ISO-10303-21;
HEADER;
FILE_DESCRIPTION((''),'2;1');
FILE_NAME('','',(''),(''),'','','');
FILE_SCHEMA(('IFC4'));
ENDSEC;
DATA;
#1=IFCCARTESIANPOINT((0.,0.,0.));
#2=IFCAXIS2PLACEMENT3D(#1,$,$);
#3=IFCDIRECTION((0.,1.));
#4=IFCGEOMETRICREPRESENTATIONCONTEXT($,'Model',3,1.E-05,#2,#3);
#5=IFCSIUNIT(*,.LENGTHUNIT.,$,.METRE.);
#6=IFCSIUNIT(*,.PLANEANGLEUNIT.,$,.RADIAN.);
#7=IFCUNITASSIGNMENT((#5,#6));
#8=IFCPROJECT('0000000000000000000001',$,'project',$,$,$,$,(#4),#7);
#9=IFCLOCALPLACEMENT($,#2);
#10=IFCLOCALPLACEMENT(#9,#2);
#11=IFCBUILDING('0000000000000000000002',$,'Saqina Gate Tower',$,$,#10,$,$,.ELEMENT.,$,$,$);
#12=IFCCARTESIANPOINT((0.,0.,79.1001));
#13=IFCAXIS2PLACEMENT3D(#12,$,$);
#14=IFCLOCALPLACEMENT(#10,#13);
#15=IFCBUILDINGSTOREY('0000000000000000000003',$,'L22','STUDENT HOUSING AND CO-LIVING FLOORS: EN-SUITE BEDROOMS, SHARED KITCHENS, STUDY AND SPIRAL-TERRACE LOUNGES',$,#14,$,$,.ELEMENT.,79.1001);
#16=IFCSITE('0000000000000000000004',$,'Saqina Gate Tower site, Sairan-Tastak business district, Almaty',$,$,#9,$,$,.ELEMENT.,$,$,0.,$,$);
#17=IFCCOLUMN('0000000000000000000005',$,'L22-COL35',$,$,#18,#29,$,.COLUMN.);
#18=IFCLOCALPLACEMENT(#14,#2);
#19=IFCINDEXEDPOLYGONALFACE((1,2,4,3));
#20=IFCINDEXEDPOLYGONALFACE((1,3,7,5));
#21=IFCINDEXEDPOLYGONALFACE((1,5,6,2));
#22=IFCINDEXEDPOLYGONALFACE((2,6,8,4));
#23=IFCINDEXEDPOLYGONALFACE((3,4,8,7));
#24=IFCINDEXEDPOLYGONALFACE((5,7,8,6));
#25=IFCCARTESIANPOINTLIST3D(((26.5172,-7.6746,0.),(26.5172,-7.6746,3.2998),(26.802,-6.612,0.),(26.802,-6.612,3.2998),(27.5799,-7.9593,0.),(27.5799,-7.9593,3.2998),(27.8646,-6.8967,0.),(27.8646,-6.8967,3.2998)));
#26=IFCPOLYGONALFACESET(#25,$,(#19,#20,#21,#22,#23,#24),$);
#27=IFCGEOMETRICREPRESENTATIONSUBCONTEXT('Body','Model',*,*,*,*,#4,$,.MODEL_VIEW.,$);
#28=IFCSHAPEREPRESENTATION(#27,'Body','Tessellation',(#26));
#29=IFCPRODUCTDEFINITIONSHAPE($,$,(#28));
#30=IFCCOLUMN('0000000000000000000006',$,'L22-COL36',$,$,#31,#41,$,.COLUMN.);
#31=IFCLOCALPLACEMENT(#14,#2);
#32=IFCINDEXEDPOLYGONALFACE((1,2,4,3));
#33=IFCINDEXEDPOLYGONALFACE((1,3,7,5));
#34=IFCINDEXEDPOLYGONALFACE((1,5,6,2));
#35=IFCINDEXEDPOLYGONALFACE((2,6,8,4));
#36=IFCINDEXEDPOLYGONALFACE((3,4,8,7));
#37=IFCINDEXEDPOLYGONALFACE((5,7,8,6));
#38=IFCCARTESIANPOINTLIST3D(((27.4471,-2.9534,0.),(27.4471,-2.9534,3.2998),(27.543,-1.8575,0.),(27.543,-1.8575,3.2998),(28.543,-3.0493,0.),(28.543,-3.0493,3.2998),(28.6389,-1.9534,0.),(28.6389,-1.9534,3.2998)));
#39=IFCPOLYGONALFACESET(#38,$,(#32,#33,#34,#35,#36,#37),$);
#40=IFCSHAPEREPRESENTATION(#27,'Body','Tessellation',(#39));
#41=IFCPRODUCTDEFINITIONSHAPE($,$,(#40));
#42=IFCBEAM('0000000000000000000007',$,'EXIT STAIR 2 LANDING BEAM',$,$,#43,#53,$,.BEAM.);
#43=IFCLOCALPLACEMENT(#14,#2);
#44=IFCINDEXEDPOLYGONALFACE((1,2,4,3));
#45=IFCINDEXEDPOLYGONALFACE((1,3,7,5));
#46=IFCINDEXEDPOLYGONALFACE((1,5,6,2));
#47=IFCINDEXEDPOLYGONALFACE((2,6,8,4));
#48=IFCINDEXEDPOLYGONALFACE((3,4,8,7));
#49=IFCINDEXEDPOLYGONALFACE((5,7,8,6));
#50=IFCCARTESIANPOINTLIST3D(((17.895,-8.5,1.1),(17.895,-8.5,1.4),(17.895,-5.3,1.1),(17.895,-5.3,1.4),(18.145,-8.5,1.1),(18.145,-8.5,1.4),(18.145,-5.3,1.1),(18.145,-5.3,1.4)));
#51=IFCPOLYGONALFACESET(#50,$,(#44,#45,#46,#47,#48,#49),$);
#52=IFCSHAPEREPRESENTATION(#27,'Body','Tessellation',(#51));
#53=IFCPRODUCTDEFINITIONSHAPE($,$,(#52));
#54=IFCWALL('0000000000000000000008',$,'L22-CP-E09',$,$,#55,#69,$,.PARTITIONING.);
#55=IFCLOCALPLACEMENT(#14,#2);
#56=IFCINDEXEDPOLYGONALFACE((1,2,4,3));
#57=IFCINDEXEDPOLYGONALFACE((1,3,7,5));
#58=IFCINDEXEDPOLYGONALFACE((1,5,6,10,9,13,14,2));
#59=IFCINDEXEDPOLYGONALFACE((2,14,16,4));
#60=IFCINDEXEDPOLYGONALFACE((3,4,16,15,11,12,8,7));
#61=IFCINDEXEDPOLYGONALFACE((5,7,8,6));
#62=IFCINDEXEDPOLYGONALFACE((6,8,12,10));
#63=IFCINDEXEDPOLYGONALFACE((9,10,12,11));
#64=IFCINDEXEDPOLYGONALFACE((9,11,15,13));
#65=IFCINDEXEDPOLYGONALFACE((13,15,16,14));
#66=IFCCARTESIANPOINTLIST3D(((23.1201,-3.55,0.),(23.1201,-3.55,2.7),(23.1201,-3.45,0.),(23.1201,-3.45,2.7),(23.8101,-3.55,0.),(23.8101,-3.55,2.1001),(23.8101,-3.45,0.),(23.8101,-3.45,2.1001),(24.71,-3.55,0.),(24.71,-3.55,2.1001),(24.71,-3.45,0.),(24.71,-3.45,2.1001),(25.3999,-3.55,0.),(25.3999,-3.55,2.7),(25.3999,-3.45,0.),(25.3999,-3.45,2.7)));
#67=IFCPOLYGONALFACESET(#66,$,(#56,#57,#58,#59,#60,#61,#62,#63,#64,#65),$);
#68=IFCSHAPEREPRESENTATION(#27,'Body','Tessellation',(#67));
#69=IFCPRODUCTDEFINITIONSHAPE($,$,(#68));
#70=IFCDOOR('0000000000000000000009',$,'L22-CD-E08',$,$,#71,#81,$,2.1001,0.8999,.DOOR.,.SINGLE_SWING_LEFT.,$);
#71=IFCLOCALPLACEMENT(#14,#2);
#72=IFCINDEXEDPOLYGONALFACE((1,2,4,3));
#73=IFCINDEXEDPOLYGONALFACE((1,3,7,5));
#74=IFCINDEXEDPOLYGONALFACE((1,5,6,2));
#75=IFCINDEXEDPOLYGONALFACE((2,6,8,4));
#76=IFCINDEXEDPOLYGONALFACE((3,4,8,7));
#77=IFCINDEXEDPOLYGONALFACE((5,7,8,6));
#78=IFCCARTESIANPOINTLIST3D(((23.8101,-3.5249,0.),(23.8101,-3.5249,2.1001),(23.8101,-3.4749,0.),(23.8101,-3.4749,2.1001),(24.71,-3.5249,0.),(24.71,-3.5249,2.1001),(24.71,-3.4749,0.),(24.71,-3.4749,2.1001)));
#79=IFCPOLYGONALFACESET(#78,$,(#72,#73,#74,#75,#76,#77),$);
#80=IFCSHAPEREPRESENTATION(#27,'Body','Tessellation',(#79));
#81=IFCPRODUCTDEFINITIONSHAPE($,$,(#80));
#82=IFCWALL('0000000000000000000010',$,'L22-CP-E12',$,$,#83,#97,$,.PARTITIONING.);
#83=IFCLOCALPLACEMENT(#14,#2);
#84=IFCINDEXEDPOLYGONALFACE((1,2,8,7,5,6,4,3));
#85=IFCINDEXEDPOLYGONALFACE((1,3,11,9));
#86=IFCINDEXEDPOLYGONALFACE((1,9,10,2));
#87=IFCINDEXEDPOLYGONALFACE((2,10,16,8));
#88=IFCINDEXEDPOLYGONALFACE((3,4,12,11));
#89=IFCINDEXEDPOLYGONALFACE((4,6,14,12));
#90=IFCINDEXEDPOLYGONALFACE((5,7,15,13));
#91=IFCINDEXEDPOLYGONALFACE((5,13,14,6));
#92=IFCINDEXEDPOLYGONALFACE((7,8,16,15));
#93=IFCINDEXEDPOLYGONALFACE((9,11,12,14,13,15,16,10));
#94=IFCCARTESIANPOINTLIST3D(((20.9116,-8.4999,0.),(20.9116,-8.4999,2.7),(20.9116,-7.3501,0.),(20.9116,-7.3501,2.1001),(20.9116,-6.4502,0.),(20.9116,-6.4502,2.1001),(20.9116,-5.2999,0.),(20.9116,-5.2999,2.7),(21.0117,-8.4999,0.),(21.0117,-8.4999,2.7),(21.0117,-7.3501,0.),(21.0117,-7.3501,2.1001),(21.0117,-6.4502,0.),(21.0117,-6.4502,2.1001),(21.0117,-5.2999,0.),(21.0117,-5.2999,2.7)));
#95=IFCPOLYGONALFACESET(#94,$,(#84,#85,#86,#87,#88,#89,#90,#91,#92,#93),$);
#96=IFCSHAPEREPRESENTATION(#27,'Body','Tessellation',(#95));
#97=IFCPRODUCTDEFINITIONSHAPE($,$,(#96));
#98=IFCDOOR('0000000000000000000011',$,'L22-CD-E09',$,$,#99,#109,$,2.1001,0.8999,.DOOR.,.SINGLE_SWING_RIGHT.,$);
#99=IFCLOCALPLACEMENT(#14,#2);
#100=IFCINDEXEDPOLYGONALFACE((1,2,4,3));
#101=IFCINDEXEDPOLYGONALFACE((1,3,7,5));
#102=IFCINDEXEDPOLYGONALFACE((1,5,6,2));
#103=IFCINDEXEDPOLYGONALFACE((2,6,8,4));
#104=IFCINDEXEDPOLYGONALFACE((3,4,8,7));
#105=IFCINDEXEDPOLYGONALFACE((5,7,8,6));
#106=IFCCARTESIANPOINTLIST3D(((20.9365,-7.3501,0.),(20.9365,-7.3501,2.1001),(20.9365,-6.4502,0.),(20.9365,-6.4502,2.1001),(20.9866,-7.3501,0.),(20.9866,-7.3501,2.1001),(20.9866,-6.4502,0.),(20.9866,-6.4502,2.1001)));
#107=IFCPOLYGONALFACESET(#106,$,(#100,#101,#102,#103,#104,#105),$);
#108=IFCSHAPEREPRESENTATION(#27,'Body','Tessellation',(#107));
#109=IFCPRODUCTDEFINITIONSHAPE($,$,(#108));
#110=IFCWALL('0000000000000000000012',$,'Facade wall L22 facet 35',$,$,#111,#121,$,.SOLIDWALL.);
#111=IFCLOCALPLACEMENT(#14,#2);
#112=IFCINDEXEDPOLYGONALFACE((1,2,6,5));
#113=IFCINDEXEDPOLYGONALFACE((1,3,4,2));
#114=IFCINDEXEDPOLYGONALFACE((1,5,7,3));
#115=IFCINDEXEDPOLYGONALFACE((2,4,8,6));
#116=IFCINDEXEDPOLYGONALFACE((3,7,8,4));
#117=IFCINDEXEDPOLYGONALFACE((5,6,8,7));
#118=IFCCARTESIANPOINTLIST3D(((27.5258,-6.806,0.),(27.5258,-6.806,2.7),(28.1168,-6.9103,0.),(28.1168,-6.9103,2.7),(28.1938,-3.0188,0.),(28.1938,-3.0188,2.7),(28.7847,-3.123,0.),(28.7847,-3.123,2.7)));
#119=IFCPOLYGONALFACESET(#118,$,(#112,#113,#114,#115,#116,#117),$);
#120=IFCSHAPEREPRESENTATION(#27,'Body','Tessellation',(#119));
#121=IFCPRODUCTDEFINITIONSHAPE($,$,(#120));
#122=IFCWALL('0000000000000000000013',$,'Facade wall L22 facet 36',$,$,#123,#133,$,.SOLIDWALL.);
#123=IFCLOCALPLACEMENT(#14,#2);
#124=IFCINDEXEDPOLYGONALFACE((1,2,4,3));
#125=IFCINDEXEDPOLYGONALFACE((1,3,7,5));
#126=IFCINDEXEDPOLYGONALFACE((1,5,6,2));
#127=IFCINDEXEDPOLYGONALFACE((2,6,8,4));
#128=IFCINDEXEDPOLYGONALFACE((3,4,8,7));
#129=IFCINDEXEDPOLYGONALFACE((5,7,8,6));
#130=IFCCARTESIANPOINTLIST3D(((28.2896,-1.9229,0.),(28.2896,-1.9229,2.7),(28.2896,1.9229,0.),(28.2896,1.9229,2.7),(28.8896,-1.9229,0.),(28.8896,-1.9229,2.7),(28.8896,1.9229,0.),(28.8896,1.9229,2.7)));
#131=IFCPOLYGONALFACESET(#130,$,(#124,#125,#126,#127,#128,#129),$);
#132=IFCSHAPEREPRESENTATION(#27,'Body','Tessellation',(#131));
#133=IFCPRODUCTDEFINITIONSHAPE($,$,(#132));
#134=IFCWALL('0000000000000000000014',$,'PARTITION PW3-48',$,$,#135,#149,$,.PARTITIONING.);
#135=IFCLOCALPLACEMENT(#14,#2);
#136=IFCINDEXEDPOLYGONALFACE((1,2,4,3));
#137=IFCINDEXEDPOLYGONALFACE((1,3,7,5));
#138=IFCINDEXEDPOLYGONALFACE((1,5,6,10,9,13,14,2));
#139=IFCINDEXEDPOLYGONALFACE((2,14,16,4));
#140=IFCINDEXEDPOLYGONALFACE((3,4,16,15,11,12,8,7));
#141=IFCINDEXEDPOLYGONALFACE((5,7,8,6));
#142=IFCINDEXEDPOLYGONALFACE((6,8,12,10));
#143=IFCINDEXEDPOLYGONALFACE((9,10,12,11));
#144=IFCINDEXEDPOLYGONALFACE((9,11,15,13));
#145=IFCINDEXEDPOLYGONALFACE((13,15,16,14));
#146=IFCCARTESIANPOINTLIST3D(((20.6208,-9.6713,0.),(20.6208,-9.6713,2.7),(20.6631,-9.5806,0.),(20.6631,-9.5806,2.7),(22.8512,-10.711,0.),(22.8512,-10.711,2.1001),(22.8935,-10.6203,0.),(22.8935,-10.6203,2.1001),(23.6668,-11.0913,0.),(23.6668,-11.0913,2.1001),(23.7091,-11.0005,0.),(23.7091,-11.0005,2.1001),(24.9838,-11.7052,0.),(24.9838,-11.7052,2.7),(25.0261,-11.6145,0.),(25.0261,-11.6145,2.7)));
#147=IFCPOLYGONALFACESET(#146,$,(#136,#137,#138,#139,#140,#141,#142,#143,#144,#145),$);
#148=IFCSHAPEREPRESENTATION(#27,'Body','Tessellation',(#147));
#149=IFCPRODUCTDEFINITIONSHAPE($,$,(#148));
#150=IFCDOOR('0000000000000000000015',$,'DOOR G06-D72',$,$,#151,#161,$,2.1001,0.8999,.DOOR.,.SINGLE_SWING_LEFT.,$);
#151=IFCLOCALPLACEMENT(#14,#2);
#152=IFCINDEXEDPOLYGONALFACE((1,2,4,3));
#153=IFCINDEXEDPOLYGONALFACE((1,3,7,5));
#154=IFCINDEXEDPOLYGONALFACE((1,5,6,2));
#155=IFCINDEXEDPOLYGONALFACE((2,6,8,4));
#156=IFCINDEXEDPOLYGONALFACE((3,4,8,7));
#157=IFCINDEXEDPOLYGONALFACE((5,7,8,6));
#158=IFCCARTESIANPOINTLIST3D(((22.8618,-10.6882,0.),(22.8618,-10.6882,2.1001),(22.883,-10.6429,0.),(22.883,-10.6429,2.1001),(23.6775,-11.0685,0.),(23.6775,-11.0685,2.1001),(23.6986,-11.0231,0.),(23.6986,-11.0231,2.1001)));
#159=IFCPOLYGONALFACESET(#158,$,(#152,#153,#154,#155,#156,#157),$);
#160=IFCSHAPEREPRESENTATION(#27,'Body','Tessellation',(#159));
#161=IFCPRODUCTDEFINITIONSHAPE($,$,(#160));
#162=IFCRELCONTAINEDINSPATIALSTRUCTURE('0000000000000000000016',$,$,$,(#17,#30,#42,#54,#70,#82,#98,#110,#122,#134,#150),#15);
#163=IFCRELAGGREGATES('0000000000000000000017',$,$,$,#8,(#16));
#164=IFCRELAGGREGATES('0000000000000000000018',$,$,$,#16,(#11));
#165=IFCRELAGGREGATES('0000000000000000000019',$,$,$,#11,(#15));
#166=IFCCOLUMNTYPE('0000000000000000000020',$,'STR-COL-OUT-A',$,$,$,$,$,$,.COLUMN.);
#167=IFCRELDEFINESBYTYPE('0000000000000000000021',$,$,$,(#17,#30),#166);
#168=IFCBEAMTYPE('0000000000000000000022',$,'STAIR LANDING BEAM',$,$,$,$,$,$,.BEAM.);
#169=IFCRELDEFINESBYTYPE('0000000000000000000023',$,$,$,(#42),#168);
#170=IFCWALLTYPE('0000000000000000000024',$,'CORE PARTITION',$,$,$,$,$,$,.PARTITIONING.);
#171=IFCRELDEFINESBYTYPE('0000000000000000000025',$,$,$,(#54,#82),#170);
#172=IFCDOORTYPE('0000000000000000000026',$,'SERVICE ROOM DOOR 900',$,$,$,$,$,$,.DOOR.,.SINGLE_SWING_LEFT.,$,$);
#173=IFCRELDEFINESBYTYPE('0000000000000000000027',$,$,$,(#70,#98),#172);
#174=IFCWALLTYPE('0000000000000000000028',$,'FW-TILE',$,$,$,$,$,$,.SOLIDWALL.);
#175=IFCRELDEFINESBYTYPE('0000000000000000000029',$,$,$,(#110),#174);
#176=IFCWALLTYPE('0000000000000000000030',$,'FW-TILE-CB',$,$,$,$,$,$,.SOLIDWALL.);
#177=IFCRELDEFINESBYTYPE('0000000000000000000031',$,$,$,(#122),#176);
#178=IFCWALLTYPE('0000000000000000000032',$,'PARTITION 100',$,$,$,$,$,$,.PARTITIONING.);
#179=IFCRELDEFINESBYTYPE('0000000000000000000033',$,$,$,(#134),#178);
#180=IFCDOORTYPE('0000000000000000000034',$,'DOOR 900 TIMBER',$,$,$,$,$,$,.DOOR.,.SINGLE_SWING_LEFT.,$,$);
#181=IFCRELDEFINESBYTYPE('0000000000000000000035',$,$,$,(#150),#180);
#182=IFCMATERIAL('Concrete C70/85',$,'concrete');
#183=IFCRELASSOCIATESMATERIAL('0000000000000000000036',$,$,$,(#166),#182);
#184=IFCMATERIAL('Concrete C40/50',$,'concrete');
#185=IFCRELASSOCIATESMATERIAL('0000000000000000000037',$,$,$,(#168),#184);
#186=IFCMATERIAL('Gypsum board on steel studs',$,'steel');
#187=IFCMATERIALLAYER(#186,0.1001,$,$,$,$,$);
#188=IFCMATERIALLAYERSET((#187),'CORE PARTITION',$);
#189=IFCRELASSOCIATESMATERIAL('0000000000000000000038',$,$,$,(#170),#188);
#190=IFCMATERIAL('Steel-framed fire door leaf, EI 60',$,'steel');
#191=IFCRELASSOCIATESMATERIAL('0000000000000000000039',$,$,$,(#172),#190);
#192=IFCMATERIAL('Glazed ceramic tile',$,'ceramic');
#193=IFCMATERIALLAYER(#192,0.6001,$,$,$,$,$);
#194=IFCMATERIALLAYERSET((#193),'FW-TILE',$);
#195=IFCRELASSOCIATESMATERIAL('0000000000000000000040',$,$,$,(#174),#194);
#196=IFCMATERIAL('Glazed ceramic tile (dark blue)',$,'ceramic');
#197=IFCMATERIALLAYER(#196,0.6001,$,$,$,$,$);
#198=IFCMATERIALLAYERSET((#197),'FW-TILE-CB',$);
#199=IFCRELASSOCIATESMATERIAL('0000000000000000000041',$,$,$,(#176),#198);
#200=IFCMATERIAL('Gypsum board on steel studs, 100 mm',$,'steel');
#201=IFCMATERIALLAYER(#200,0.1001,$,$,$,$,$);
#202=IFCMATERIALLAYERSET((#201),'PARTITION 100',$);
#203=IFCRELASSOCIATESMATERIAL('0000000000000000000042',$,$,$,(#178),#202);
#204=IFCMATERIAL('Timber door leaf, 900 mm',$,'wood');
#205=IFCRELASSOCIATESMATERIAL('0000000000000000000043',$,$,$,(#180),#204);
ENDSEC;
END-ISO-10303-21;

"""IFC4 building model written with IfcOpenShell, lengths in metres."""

from ifc_helpers import new_model, si_unit, direction, frame, frame_2d, origin, origin_2d, place, context, subcontext, project, spatial, rectangle, extrude, material, layer, layer_set, material_profile, profile_set, type_object, element, fill, save


model = new_model("IFC4")

# Units and contexts
model_context = context("Model", 3, precision=1e-05, world=origin(), true_north=direction((0.0, 1.0)))
body_context = subcontext(model_context, "Body", "Model", "MODEL_VIEW")
ifc_project = project(units=[si_unit("LENGTHUNIT", "METRE"), si_unit("PLANEANGLEUNIT", "RADIAN")], contexts=[model_context])

# Site, building, storey
site_placement = place(None, origin())
site = spatial("IfcSite", under=ifc_project, at=site_placement, Name="Saqina Gate Tower site, Sairan-Tastak business district, Almaty", CompositionType="ELEMENT", RefElevation=0.0)
building_placement = place(site_placement, origin())
building = spatial("IfcBuilding", under=site, at=building_placement, Name="Saqina Gate Tower", CompositionType="ELEMENT")
storey_placement = place(building_placement, frame((0.0, 0.0, 79.1001)))
storey = spatial("IfcBuildingStorey", under=building, at=storey_placement, Name="L22", Description="STUDENT HOUSING AND CO-LIVING FLOORS: EN-SUITE BEDROOMS, SHARED KITCHENS, STUDY AND SPIRAL-TERRACE LOUNGES", CompositionType="ELEMENT", Elevation=79.1001)

# Columns
ifc_material_1 = material(Name="Concrete C70/85", Category="concrete")
ifc_material_profile_1 = material_profile(ifc_material_1, rectangle(XDim=1.1001, YDim=1.1001, at=origin_2d()), Name="RC 1100x1100")
ifc_profile_set_1 = profile_set([ifc_material_profile_1], Name="Concrete C70/85")
column_type = type_object("IfcColumnType", Name="STR-COL-OUT-A", PredefinedType="COLUMN", material=ifc_profile_set_1)
for number, where, z_axis, x_axis, name in (
    (1, (27.1909, -7.2856, 0.0), (0.0, 0.0, 1.0), (0.965926, -0.258819, 0.0), "L22-COL35"),
    (2, (28.043, -2.4534, 0.0), (0.0, 0.0, 1.0), (0.996195, -0.087156, 0.0), "L22-COL36"),
):
    element("IfcColumn", number, at=place(storey_placement, frame(where, z_axis=z_axis, x_axis=x_axis)), inside=storey, type_object=column_type, Name=name, PredefinedType="COLUMN", context=body_context, shape_type="SweptSolid", body=[
        extrude(rectangle(XDim=1.1001, YDim=1.1001, at=origin_2d()), origin(), (0.0, 0.0, 1.0), 3.2998),
    ])

# Beam
ifc_material_2 = material(Name="Concrete C40/50", Category="concrete")
ifc_material_profile_2 = material_profile(ifc_material_2, rectangle(XDim=0.25, YDim=0.3, at=origin_2d()), Name="STAIR LANDING BEAM")
ifc_profile_set_2 = profile_set([ifc_material_profile_2], Name="Concrete C40/50")
beam_type = type_object("IfcBeamType", Name="STAIR LANDING BEAM", PredefinedType="BEAM", material=ifc_profile_set_2)
beam_placement = place(storey_placement, frame((18.02, -8.5, 1.25), z_axis=(0.0, 1.0, 0.0), x_axis=(-1.0, 0.0, 0.0)))
element("IfcBeam", 3, at=beam_placement, inside=storey, type_object=beam_type, Name="EXIT STAIR 2 LANDING BEAM", PredefinedType="BEAM", context=body_context, shape_type="SweptSolid", body=[
    extrude(rectangle(XDim=0.25, YDim=0.3, at=origin_2d()), origin(), (0.0, 0.0, 1.0), 3.2),
])

# Walls, openings, doors
ifc_material_3 = material(Name="Gypsum board on steel studs", Category="steel")
ifc_layer_1 = layer(ifc_material_3, 0.1001)
ifc_layer_set_1 = layer_set([ifc_layer_1], Name="CORE PARTITION")
wall_type_1 = type_object("IfcWallType", Name="CORE PARTITION", PredefinedType="PARTITIONING", material=ifc_layer_set_1)
wall_1_placement = place(storey_placement, frame((23.1201, -3.5, 0.0), z_axis=(0.0, 0.0, 1.0), x_axis=(1.0, 0.0, 0.0)))
wall_1 = element("IfcWall", 4, at=wall_1_placement, inside=storey, type_object=wall_type_1, Name="L22-CP-E09", PredefinedType="PARTITIONING", context=body_context, shape_type="SweptSolid", body=[
    extrude(rectangle(XDim=2.2798, YDim=0.1001, at=frame_2d((1.1399, 0.0))), origin(), (0.0, 0.0, 1.0), 2.7),
])
opening_1_placement = place(wall_1_placement, frame((0.6899, 0.0, 0.0)))
opening_1 = element("IfcOpeningElement", 5, at=opening_1_placement, cuts=wall_1, PredefinedType="OPENING", context=body_context, shape_type="SweptSolid", body=[
    extrude(rectangle(XDim=0.8999, YDim=2.1001, at=frame_2d((0.45, 1.05))), frame((0.0, 0.062, 0.0), z_axis=(0.0, -1.0, 0.0), x_axis=(1.0, 0.0, 0.0)), (0.0, 0.0, 1.0), 0.124),
])
ifc_material_4 = material(Name="Steel-framed fire door leaf, EI 60", Category="steel")
door_type_1 = type_object("IfcDoorType", Name="SERVICE ROOM DOOR 900", OperationType="SINGLE_SWING_LEFT", PredefinedType="DOOR", material=ifc_material_4)
door_1_placement = place(opening_1_placement, frame((0.8999, 0.0, 0.0), z_axis=(0.0, 0.0, 1.0), x_axis=(-1.0, 0.0, 0.0)))
door_1 = element("IfcDoor", 6, at=door_1_placement, inside=storey, type_object=door_type_1, Name="L22-CD-E08", OperationType="SINGLE_SWING_LEFT", OverallHeight=2.1001, OverallWidth=0.8999, PredefinedType="DOOR", context=body_context, shape_type="SweptSolid", body=[
    extrude(rectangle(XDim=0.8999, YDim=2.1001, at=frame_2d((0.45, 1.05))), frame((0.0, 0.0249, 0.0), z_axis=(0.0, -1.0, 0.0), x_axis=(1.0, 0.0, 0.0)), (0.0, 0.0, 1.0), 0.05),
])
fill(opening_1, door_1)
wall_2_placement = place(storey_placement, frame((20.9617, -8.5, 0.0), z_axis=(0.0, 0.0, 1.0), x_axis=(0.0, 1.0, 0.0)))
wall_2 = element("IfcWall", 7, at=wall_2_placement, inside=storey, type_object=wall_type_1, Name="L22-CP-E12", PredefinedType="PARTITIONING", context=body_context, shape_type="SweptSolid", body=[
    extrude(rectangle(XDim=3.2, YDim=0.1001, at=frame_2d((1.6001, 0.0))), origin(), (0.0, 0.0, 1.0), 2.7),
])
opening_2_placement = place(wall_2_placement, frame((1.1499, 0.0, 0.0)))
opening_2 = element("IfcOpeningElement", 8, at=opening_2_placement, cuts=wall_2, PredefinedType="OPENING", context=body_context, shape_type="SweptSolid", body=[
    extrude(rectangle(XDim=0.8999, YDim=2.1001, at=frame_2d((0.45, 1.05))), frame((0.0, 0.062, 0.0), z_axis=(0.0, -1.0, 0.0), x_axis=(1.0, 0.0, 0.0)), (0.0, 0.0, 1.0), 0.124),
])
door_2_placement = place(opening_2_placement, frame((0.8999, 0.0, 0.0), z_axis=(0.0, 0.0, 1.0), x_axis=(-1.0, 0.0, 0.0)))
door_2 = element("IfcDoor", 9, at=door_2_placement, inside=storey, type_object=door_type_1, Name="L22-CD-E09", OperationType="SINGLE_SWING_RIGHT", OverallHeight=2.1001, OverallWidth=0.8999, PredefinedType="DOOR", context=body_context, shape_type="SweptSolid", body=[
    extrude(rectangle(XDim=0.8999, YDim=2.1001, at=frame_2d((0.45, 1.05))), frame((0.0, 0.0249, 0.0), z_axis=(0.0, -1.0, 0.0), x_axis=(1.0, 0.0, 0.0)), (0.0, 0.0, 1.0), 0.05),
])
fill(opening_2, door_2)

# Walls
ifc_material_5 = material(Name="Glazed ceramic tile", Category="ceramic")
ifc_layer_2 = layer(ifc_material_5, 0.6001)
ifc_layer_set_2 = layer_set([ifc_layer_2], Name="FW-TILE")
wall_type_2 = type_object("IfcWallType", Name="FW-TILE", PredefinedType="SOLIDWALL", material=ifc_layer_set_2)
wall_3_placement = place(storey_placement, frame((27.8213, -6.8582, 0.0), z_axis=(0.0, 0.0, 1.0), x_axis=(0.173688, 0.984801, 0.0)))
element("IfcWall", 10, at=wall_3_placement, inside=storey, type_object=wall_type_2, Name="Facade wall L22 facet 35", PredefinedType="SOLIDWALL", context=body_context, shape_type="SweptSolid", body=[
    extrude(rectangle(XDim=3.8457, YDim=0.6001, at=frame_2d((1.9229, 0.0))), origin(), (0.0, 0.0, 1.0), 2.7),
])
ifc_material_6 = material(Name="Glazed ceramic tile (dark blue)", Category="ceramic")
ifc_layer_3 = layer(ifc_material_6, 0.6001)
ifc_layer_set_3 = layer_set([ifc_layer_3], Name="FW-TILE-CB")
wall_type_3 = type_object("IfcWallType", Name="FW-TILE-CB", PredefinedType="SOLIDWALL", material=ifc_layer_set_3)
wall_4_placement = place(storey_placement, frame((28.5896, -1.9229, 0.0), z_axis=(0.0, 0.0, 1.0), x_axis=(0.0, 1.0, 0.0)))
element("IfcWall", 11, at=wall_4_placement, inside=storey, type_object=wall_type_3, Name="Facade wall L22 facet 36", PredefinedType="SOLIDWALL", context=body_context, shape_type="SweptSolid", body=[
    extrude(rectangle(XDim=3.8457, YDim=0.6001, at=frame_2d((1.9229, 0.0))), origin(), (0.0, 0.0, 1.0), 2.7),
])

# Wall, opening, door
ifc_material_7 = material(Name="Gypsum board on steel studs, 100 mm", Category="steel")
ifc_layer_4 = layer(ifc_material_7, 0.1001)
ifc_layer_set_4 = layer_set([ifc_layer_4], Name="PARTITION 100")
wall_type_4 = type_object("IfcWallType", Name="PARTITION 100", PredefinedType="PARTITIONING", material=ifc_layer_set_4)
wall_5_placement = place(storey_placement, frame((20.6421, -9.626, 0.0), z_axis=(0.0, 0.0, 1.0), x_axis=(0.906354, -0.422519, 0.0)))
wall_5 = element("IfcWall", 12, at=wall_5_placement, inside=storey, type_object=wall_type_4, Name="PARTITION PW3-48", PredefinedType="PARTITIONING", context=body_context, shape_type="SweptSolid", body=[
    extrude(rectangle(XDim=4.8137, YDim=0.1001, at=frame_2d((2.4067, 0.0))), origin(), (0.0, 0.0, 1.0), 2.7),
])
opening_3_placement = place(wall_5_placement, frame((2.4607, 0.0, 0.0)))
opening_3 = element("IfcOpeningElement", 13, at=opening_3_placement, cuts=wall_5, PredefinedType="OPENING", context=body_context, shape_type="SweptSolid", body=[
    extrude(rectangle(XDim=0.8999, YDim=2.1001, at=frame_2d((0.45, 1.05))), frame((0.0, 0.062, 0.0), z_axis=(0.0, -1.0, 0.0), x_axis=(1.0, 0.0, 0.0)), (0.0, 0.0, 1.0), 0.124),
])
ifc_material_8 = material(Name="Timber door leaf, 900 mm", Category="wood")
door_type_2 = type_object("IfcDoorType", Name="DOOR 900 TIMBER", OperationType="SINGLE_SWING_LEFT", PredefinedType="DOOR", material=ifc_material_8)
door_3_placement = place(opening_3_placement, frame((0.8999, 0.0, 0.0), z_axis=(0.0, 0.0, 1.0), x_axis=(-1.0, 0.0, 0.0)))
door_3 = element("IfcDoor", 14, at=door_3_placement, inside=storey, type_object=door_type_2, Name="DOOR G06-D72", OperationType="SINGLE_SWING_LEFT", OverallHeight=2.1001, OverallWidth=0.8999, PredefinedType="DOOR", context=body_context, shape_type="SweptSolid", body=[
    extrude(rectangle(XDim=0.8999, YDim=2.1001, at=frame_2d((0.45, 1.05))), frame((0.0, 0.0249, 0.0), z_axis=(0.0, -1.0, 0.0), x_axis=(1.0, 0.0, 0.0)), (0.0, 0.0, 1.0), 0.05),
])
fill(opening_3, door_3)

save(model, "model.ifc")
